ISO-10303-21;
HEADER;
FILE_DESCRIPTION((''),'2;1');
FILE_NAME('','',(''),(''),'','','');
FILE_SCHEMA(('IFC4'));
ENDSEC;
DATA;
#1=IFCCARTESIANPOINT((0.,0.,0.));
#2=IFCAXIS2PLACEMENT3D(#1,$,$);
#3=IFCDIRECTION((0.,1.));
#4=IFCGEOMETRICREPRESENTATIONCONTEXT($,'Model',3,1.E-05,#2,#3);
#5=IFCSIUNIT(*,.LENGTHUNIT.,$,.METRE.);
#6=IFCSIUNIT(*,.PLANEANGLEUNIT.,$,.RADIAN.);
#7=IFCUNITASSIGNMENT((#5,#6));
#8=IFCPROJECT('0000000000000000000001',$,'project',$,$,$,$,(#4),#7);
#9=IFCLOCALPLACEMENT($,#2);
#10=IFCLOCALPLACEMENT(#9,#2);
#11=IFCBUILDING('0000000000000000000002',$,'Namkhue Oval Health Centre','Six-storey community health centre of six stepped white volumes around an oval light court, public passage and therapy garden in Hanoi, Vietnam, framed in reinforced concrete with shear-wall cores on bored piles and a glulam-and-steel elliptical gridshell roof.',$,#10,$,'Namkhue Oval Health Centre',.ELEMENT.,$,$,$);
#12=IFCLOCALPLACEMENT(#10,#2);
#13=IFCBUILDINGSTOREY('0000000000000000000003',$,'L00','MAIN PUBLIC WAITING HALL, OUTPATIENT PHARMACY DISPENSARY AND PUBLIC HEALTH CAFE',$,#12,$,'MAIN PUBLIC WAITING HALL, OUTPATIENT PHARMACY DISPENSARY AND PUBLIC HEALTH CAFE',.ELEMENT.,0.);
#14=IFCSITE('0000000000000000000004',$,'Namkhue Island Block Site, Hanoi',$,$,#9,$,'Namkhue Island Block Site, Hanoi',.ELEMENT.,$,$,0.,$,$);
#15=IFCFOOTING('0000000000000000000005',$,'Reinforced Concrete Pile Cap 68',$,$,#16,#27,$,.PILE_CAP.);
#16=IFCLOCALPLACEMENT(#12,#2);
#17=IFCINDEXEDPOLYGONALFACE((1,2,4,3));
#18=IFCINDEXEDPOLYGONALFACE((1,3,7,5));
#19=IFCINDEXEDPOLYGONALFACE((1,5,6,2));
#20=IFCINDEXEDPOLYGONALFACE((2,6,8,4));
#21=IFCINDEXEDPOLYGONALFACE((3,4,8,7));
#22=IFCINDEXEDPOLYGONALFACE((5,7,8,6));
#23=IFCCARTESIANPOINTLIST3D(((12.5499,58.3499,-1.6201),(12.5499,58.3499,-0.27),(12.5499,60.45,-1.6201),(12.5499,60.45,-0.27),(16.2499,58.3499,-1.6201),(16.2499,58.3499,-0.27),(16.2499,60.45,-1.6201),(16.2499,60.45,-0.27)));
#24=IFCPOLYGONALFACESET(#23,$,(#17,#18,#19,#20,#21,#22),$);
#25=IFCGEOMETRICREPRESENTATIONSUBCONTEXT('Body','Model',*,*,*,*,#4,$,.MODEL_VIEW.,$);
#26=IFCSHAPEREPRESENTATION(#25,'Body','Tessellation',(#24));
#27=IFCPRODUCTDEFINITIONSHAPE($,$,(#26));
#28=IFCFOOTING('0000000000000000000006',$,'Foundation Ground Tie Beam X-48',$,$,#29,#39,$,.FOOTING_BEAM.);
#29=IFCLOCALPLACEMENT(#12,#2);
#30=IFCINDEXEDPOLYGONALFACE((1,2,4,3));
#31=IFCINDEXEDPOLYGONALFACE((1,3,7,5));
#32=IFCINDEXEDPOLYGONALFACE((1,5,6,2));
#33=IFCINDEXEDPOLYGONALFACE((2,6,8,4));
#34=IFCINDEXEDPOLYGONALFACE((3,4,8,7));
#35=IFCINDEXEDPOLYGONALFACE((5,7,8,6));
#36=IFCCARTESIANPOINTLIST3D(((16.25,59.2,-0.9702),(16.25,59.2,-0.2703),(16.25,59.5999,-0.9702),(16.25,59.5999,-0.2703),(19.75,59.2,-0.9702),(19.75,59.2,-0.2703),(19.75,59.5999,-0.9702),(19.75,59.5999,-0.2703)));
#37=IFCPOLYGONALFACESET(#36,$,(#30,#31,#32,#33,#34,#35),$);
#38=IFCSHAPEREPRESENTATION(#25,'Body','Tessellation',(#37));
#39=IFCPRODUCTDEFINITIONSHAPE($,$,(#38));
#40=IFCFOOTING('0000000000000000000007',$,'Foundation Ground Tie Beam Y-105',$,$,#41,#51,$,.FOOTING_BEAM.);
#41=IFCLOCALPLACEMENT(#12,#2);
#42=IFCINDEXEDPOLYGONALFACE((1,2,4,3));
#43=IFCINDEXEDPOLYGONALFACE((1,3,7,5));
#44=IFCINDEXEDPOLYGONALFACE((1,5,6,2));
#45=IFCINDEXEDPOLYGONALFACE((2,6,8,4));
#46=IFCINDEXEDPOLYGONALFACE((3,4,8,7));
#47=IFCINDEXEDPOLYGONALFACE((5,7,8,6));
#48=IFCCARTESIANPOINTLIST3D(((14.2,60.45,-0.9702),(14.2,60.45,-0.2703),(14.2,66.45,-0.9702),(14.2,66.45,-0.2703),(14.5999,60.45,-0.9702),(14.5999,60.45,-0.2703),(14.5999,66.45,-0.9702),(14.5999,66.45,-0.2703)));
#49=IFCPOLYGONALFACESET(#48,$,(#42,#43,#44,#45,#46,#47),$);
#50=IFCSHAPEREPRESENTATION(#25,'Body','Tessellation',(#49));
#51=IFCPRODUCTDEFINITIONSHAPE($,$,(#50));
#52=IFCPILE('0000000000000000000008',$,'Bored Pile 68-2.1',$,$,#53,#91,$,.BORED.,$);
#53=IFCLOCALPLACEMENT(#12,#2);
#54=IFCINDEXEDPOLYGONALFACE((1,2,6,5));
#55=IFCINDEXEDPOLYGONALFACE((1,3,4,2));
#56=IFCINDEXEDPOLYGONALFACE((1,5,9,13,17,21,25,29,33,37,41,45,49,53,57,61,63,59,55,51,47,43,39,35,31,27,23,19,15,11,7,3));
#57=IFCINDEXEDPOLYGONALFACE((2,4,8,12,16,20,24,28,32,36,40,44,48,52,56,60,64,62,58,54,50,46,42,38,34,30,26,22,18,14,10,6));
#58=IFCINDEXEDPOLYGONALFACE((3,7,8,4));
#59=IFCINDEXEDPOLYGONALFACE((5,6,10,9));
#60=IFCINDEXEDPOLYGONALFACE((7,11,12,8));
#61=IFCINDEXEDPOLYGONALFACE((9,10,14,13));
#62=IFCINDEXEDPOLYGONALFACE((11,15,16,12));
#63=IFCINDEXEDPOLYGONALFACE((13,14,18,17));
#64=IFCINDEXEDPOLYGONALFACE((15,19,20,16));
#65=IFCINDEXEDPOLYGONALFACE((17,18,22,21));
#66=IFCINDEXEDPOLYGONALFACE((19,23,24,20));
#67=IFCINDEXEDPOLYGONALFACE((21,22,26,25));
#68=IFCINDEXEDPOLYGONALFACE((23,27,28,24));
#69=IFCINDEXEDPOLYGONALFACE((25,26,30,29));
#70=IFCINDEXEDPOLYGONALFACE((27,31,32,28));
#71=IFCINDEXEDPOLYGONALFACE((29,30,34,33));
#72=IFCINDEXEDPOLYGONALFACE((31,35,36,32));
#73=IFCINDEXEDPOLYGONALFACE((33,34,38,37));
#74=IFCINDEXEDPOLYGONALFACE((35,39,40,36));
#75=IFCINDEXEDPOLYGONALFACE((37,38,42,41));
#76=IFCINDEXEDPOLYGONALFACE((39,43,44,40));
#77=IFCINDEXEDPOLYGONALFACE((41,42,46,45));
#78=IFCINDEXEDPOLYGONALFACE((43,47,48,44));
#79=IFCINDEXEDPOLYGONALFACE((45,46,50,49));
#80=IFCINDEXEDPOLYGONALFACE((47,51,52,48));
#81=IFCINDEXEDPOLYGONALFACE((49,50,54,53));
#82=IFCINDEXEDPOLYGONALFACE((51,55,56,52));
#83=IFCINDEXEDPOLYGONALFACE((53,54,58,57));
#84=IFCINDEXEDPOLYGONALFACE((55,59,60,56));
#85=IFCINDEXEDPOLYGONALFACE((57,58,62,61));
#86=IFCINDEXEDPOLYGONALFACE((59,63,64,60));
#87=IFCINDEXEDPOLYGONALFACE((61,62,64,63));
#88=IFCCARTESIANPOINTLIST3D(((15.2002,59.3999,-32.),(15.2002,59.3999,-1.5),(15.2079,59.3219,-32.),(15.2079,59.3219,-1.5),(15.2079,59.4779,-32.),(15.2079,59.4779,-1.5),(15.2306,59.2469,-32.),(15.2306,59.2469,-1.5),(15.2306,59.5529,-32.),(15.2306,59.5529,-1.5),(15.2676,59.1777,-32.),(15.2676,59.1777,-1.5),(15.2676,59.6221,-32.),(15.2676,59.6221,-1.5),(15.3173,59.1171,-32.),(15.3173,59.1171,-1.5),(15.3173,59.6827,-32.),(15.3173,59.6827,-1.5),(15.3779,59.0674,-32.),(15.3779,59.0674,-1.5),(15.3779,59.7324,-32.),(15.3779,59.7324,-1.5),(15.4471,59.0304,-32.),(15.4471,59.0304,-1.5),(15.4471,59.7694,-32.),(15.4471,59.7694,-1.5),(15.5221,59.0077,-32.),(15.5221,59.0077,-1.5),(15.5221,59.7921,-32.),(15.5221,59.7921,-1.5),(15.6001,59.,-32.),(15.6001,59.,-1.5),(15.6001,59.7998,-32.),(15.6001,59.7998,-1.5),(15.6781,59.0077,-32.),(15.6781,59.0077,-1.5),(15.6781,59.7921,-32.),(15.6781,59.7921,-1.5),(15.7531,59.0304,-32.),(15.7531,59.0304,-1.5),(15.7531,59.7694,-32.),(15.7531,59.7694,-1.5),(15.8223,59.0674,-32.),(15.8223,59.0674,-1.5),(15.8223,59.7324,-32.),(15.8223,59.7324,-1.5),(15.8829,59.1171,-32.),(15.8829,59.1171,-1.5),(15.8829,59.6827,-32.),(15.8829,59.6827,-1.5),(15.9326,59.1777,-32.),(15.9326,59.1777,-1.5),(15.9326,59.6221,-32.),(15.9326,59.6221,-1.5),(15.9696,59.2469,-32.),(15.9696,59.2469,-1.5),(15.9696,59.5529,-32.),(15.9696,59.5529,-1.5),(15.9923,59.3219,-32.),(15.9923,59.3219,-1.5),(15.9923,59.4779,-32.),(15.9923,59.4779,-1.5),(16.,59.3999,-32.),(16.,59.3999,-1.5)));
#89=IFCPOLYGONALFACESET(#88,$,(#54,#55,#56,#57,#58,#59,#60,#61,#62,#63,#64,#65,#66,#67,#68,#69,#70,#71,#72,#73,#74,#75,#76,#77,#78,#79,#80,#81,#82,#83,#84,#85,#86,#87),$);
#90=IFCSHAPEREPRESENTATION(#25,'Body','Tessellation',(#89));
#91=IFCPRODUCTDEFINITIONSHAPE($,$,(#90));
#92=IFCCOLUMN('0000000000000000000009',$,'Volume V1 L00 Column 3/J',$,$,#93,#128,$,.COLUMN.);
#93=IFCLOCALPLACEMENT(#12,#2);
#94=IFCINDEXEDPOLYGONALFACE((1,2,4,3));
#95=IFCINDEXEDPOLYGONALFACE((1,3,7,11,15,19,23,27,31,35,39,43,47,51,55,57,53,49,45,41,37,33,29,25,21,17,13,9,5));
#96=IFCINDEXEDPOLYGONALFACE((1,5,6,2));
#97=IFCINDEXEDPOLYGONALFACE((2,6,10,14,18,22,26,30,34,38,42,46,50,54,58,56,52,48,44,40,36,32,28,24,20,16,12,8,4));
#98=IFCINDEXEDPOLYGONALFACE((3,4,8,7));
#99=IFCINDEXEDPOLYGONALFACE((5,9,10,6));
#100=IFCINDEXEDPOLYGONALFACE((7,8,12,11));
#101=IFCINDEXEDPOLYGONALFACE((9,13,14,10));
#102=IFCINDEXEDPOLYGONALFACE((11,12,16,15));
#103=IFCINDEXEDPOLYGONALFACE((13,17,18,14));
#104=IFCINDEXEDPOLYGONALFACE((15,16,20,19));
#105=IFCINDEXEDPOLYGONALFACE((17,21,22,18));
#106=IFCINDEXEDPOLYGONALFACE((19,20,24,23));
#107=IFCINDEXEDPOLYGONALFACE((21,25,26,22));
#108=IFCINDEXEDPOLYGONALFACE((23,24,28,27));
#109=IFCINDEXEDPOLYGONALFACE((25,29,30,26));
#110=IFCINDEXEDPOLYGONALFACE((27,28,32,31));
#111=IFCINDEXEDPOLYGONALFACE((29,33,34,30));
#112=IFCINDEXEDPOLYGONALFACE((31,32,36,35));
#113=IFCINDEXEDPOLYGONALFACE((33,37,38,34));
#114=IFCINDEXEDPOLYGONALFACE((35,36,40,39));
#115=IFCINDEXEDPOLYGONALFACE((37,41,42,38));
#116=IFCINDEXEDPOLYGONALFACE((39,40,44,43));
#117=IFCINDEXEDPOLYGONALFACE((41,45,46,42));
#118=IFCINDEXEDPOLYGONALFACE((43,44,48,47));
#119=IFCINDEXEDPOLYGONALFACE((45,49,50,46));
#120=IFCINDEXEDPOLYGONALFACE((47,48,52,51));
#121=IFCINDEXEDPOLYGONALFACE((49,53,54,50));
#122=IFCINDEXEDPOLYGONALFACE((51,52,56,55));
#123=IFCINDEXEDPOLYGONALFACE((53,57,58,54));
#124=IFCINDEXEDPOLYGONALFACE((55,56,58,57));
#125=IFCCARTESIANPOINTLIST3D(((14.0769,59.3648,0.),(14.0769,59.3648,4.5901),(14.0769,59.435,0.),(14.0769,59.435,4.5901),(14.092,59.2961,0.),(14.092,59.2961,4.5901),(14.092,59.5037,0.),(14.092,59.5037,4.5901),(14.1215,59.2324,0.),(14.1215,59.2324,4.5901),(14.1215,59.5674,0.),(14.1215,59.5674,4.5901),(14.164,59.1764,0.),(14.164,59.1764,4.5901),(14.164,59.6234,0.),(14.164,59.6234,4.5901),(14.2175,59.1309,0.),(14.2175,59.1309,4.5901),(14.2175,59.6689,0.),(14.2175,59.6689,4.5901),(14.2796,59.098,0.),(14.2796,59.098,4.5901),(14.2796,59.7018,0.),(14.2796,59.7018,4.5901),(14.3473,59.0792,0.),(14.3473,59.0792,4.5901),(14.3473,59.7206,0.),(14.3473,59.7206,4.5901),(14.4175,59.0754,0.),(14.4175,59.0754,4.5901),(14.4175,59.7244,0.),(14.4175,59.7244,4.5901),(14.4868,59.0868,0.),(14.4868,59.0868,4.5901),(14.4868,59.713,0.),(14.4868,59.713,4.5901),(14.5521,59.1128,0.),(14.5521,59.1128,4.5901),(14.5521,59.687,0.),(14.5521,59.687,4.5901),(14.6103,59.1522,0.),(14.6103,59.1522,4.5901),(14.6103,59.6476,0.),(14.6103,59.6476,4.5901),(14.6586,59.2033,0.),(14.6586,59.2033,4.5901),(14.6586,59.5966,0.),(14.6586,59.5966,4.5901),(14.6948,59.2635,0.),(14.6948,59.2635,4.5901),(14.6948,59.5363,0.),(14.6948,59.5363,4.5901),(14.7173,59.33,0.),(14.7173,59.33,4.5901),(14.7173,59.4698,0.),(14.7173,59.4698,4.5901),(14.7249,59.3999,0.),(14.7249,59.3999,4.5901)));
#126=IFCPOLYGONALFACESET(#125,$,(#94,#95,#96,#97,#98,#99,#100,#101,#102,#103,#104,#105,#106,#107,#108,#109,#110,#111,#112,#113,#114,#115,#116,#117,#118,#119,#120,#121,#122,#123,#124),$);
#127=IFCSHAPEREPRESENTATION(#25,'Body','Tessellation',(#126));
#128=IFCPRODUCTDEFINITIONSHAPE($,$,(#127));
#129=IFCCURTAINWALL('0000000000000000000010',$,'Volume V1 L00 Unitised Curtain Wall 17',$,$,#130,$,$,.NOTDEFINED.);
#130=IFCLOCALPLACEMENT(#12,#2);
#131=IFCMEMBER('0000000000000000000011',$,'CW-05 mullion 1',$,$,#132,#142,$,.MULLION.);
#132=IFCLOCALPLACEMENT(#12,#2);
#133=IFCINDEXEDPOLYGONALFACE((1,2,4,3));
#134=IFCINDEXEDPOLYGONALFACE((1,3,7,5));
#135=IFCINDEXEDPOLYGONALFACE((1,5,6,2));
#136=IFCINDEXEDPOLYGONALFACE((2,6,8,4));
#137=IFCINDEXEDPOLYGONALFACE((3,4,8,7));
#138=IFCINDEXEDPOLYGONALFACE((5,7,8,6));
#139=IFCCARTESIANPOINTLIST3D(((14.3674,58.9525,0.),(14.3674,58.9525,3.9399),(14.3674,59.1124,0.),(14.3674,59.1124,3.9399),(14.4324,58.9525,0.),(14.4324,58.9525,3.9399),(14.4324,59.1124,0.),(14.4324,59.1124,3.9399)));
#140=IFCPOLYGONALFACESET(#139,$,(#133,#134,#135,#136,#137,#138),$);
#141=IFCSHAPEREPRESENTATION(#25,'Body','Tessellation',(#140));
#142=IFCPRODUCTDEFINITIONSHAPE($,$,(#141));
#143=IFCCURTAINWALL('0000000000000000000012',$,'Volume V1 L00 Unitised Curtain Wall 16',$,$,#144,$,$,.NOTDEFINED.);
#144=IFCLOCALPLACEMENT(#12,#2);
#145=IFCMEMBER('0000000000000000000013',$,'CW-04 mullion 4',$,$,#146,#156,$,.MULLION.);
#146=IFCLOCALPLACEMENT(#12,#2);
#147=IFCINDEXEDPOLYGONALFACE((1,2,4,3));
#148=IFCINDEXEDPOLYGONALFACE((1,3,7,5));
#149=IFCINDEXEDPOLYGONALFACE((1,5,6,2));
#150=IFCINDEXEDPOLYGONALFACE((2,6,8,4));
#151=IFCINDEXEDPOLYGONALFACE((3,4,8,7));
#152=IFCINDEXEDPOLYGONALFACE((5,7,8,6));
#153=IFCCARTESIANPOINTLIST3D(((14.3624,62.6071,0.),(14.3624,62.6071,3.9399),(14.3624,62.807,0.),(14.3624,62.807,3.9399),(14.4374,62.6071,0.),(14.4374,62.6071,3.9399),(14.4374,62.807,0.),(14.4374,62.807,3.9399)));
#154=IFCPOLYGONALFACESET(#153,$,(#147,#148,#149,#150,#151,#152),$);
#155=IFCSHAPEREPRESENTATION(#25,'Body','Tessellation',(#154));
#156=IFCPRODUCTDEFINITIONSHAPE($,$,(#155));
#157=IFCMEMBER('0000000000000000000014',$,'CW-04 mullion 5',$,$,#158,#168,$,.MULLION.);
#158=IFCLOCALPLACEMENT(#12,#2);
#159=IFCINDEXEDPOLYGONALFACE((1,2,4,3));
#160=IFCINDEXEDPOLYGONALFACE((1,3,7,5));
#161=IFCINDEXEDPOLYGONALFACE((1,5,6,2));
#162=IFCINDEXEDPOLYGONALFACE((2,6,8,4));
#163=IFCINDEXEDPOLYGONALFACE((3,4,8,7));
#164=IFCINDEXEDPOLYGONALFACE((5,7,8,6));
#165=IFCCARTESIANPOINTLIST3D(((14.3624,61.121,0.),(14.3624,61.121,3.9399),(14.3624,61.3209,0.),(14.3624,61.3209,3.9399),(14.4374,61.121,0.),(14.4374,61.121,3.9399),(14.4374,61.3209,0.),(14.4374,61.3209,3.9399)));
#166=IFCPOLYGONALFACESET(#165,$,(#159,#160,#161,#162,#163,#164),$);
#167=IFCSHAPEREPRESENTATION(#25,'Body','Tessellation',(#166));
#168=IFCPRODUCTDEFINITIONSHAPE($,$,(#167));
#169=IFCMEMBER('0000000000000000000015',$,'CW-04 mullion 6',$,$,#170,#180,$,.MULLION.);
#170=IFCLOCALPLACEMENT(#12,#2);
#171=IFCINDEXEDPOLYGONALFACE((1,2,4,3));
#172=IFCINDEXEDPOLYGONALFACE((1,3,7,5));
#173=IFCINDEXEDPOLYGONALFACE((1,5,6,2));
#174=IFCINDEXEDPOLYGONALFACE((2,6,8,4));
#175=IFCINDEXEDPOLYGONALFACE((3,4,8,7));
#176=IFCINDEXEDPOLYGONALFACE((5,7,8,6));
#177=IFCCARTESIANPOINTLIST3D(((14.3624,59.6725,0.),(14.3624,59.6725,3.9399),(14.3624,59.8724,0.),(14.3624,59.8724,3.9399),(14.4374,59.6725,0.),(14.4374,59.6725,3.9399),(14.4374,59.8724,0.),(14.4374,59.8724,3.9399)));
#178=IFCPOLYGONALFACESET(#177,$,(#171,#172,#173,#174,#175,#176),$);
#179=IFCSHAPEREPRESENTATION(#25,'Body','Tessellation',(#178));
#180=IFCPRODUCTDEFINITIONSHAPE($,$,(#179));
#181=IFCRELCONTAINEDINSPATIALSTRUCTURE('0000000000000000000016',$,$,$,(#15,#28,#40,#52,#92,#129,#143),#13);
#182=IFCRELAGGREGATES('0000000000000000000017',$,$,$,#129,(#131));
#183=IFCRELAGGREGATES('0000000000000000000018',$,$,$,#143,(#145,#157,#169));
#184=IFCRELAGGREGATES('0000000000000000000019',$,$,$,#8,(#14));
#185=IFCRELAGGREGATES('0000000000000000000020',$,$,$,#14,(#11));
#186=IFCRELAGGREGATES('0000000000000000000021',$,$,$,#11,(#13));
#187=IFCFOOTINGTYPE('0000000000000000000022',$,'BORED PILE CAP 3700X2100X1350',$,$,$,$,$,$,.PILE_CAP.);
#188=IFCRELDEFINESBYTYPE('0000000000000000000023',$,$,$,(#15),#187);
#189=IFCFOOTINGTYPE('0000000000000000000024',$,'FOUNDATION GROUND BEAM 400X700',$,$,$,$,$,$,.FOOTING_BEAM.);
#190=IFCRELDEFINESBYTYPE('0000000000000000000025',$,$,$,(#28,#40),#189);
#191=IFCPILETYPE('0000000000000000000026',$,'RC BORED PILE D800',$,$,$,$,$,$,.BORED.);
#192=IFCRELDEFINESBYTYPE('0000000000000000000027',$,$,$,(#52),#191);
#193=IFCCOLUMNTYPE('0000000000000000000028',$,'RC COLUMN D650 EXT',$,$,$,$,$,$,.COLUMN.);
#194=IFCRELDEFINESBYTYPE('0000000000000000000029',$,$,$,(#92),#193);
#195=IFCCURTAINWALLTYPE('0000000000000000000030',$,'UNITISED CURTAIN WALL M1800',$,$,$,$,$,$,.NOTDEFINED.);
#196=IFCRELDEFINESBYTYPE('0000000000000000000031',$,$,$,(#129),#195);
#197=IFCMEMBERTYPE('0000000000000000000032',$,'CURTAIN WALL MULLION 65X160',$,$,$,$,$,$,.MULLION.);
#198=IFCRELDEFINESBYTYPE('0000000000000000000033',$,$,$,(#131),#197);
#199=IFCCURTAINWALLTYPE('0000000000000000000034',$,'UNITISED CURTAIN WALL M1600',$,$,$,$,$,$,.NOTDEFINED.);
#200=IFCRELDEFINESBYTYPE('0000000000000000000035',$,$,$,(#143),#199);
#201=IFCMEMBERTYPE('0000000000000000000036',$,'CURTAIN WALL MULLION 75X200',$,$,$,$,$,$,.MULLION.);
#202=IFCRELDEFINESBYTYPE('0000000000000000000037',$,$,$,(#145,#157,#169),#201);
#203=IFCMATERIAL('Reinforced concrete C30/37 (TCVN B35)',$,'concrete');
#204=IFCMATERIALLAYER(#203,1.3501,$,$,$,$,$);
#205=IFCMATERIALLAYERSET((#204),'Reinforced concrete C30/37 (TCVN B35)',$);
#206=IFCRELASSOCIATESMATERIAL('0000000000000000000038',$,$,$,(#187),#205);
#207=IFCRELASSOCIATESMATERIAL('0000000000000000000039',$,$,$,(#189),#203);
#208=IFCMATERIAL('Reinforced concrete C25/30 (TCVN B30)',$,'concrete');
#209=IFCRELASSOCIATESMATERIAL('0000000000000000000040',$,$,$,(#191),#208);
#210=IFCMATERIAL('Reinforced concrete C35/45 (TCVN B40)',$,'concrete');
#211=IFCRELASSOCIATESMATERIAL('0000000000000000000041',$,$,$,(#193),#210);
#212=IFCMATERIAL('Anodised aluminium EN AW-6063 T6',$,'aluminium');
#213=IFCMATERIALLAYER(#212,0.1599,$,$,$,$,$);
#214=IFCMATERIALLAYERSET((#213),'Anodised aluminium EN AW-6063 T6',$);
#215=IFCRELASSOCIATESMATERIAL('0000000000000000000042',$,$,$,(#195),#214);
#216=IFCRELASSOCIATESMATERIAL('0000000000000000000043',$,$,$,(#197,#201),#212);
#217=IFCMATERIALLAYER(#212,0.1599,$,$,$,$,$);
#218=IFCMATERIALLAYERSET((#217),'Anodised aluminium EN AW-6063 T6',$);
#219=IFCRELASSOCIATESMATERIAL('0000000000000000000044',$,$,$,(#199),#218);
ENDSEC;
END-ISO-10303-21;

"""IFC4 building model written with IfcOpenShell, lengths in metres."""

from ifc_helpers import new_model, si_unit, direction, frame, origin, origin_2d, place, context, subcontext, project, spatial, rectangle, circle, extrude, material, layer, layer_set, material_profile, profile_set, type_object, element, aggregate, save


model = new_model("IFC4")

# Units and contexts
model_context = context("Model", 3, precision=1e-05, world=origin(), true_north=direction((0.0, 1.0)))
body_context = subcontext(model_context, "Body", "Model", "MODEL_VIEW")
ifc_project = project(units=[si_unit("LENGTHUNIT", "METRE"), si_unit("PLANEANGLEUNIT", "RADIAN")], contexts=[model_context])

# Site, building, storey
site_placement = place(None, origin())
site = spatial("IfcSite", under=ifc_project, at=site_placement, Name="Namkhue Island Block Site, Hanoi", LongName="Namkhue Island Block Site, Hanoi", CompositionType="ELEMENT", RefElevation=0.0)
building_placement = place(site_placement, origin())
building = spatial("IfcBuilding", under=site, at=building_placement, Name="Namkhue Oval Health Centre", Description="Six-storey community health centre of six stepped white volumes around an oval light court, public passage and therapy garden in Hanoi, Vietnam, framed in reinforced concrete with shear-wall cores on bored piles and a glulam-and-steel elliptical gridshell roof.", LongName="Namkhue Oval Health Centre", CompositionType="ELEMENT")
storey_placement = place(building_placement, origin())
storey = spatial("IfcBuildingStorey", under=building, at=storey_placement, Name="L00", Description="MAIN PUBLIC WAITING HALL, OUTPATIENT PHARMACY DISPENSARY AND PUBLIC HEALTH CAFE", LongName="MAIN PUBLIC WAITING HALL, OUTPATIENT PHARMACY DISPENSARY AND PUBLIC HEALTH CAFE", CompositionType="ELEMENT", Elevation=0.0)

# Footings
ifc_material_1 = material(Name="Reinforced concrete C30/37 (TCVN B35)", Category="concrete")
ifc_layer_1 = layer(ifc_material_1, 1.3501)
ifc_layer_set_1 = layer_set([ifc_layer_1], Name="Reinforced concrete C30/37 (TCVN B35)")
footing_type_1 = type_object("IfcFootingType", Name="BORED PILE CAP 3700X2100X1350", PredefinedType="PILE_CAP", material=ifc_layer_set_1)
footing_1_placement = place(storey_placement, frame((14.3999, 59.3999, -1.6201), z_axis=(0.0, 0.0, 1.0), x_axis=(1.0, 0.0, 0.0)))
element("IfcFooting", 1, at=footing_1_placement, inside=storey, type_object=footing_type_1, Name="Reinforced Concrete Pile Cap 68", PredefinedType="PILE_CAP", context=body_context, shape_type="SweptSolid", body=[
    extrude(rectangle(XDim=3.7, YDim=2.1001, at=origin_2d()), origin(), (0.0, 0.0, 1.0), 1.3501),
])
footing_type_2 = type_object("IfcFootingType", Name="FOUNDATION GROUND BEAM 400X700", PredefinedType="FOOTING_BEAM", material=ifc_material_1)
footing_2_placement = place(storey_placement, frame((18.0, 59.3999, -0.9702), z_axis=(0.0, 0.0, 1.0), x_axis=(1.0, 0.0, 0.0)))
element("IfcFooting", 2, at=footing_2_placement, inside=storey, type_object=footing_type_2, Name="Foundation Ground Tie Beam X-48", PredefinedType="FOOTING_BEAM", context=body_context, shape_type="SweptSolid", body=[
    extrude(rectangle(XDim=3.5, YDim=0.3999, at=origin_2d()), origin(), (0.0, 0.0, 1.0), 0.7),
])
footing_3_placement = place(storey_placement, frame((14.3999, 63.45, -0.9702), z_axis=(0.0, 0.0, 1.0), x_axis=(0.0, 1.0, 0.0)))
element("IfcFooting", 3, at=footing_3_placement, inside=storey, type_object=footing_type_2, Name="Foundation Ground Tie Beam Y-105", PredefinedType="FOOTING_BEAM", context=body_context, shape_type="SweptSolid", body=[
    extrude(rectangle(XDim=6.0, YDim=0.3999, at=origin_2d()), origin(), (0.0, 0.0, 1.0), 0.7),
])

# Pile
ifc_material_2 = material(Name="Reinforced concrete C25/30 (TCVN B30)", Category="concrete")
ifc_material_profile_1 = material_profile(ifc_material_2, circle(Radius=0.3999, at=origin_2d()), Name="BORED PILE D800")
ifc_profile_set_1 = profile_set([ifc_material_profile_1], Name="Reinforced concrete C25/30 (TCVN B30)")
pile_type = type_object("IfcPileType", Name="RC BORED PILE D800", PredefinedType="BORED", material=ifc_profile_set_1)
pile_placement = place(storey_placement, frame((15.6001, 59.3999, -1.5), z_axis=(0.0, 0.0, -1.0), x_axis=(1.0, 0.0, 0.0)))
element("IfcPile", 4, at=pile_placement, inside=storey, type_object=pile_type, Name="Bored Pile 68-2.1", PredefinedType="BORED", context=body_context, shape_type="SweptSolid", body=[
    extrude(circle(Radius=0.3999, at=origin_2d()), origin(), (0.0, 0.0, 1.0), 30.5),
])

# Column
ifc_material_3 = material(Name="Reinforced concrete C35/45 (TCVN B40)", Category="concrete")
ifc_material_profile_2 = material_profile(ifc_material_3, circle(Radius=0.325, at=origin_2d()), Name="RC D650")
ifc_profile_set_2 = profile_set([ifc_material_profile_2], Name="Reinforced concrete C35/45 (TCVN B40)")
column_type = type_object("IfcColumnType", Name="RC COLUMN D650 EXT", PredefinedType="COLUMN", material=ifc_profile_set_2)
column_placement = place(storey_placement, frame((14.3999, 59.3999, 0.0), z_axis=(0.0, 0.0, 1.0), x_axis=(1.0, 0.0, 0.0)))
element("IfcColumn", 5, at=column_placement, inside=storey, type_object=column_type, Name="Volume V1 L00 Column 3/J", PredefinedType="COLUMN", context=body_context, shape_type="SweptSolid", body=[
    extrude(circle(Radius=0.325, at=origin_2d()), origin(), (0.0, 0.0, 1.0), 4.5901),
])

# Curtain wall, member
ifc_material_4 = material(Name="Anodised aluminium EN AW-6063 T6", Category="aluminium")
ifc_layer_2 = layer(ifc_material_4, 0.1599)
ifc_layer_set_2 = layer_set([ifc_layer_2], Name="Anodised aluminium EN AW-6063 T6")
curtain_wall_type_1 = type_object("IfcCurtainWallType", Name="UNITISED CURTAIN WALL M1800", PredefinedType="NOTDEFINED", material=ifc_layer_set_2)
curtain_wall_1_placement = place(storey_placement, origin())
curtain_wall_1 = element("IfcCurtainWall", 6, at=curtain_wall_1_placement, inside=storey, type_object=curtain_wall_type_1, Name="Volume V1 L00 Unitised Curtain Wall 17", PredefinedType="NOTDEFINED")
ifc_material_profile_3 = material_profile(ifc_material_4, rectangle(XDim=0.0649, YDim=0.1599, at=origin_2d()), Name="ALU 65x160")
ifc_profile_set_3 = profile_set([ifc_material_profile_3], Name="Anodised aluminium EN AW-6063 T6")
member_type_1 = type_object("IfcMemberType", Name="CURTAIN WALL MULLION 65X160", PredefinedType="MULLION", material=ifc_profile_set_3)
member_1_placement = place(storey_placement, frame((14.3999, 59.0325, 0.0), z_axis=(0.0, 0.0, 1.0), x_axis=(1.0, 0.0, 0.0)))
member_1 = element("IfcMember", 7, at=member_1_placement, type_object=member_type_1, Name="CW-05 mullion 1", PredefinedType="MULLION", context=body_context, shape_type="SweptSolid", body=[
    extrude(rectangle(XDim=0.0649, YDim=0.1599, at=origin_2d()), origin(), (0.0, 0.0, 1.0), 3.9399),
])

# Curtain wall, members
ifc_layer_3 = layer(ifc_material_4, 0.1599)
ifc_layer_set_3 = layer_set([ifc_layer_3], Name="Anodised aluminium EN AW-6063 T6")
curtain_wall_type_2 = type_object("IfcCurtainWallType", Name="UNITISED CURTAIN WALL M1600", PredefinedType="NOTDEFINED", material=ifc_layer_set_3)
curtain_wall_2_placement = place(storey_placement, origin())
curtain_wall_2 = element("IfcCurtainWall", 8, at=curtain_wall_2_placement, inside=storey, type_object=curtain_wall_type_2, Name="Volume V1 L00 Unitised Curtain Wall 16", PredefinedType="NOTDEFINED")
ifc_material_profile_4 = material_profile(ifc_material_4, rectangle(XDim=0.075, YDim=0.2, at=origin_2d()), Name="ALU 75x200")
ifc_profile_set_4 = profile_set([ifc_material_profile_4], Name="Anodised aluminium EN AW-6063 T6")
member_type_2 = type_object("IfcMemberType", Name="CURTAIN WALL MULLION 75X200", PredefinedType="MULLION", material=ifc_profile_set_4)
member_2_placement = place(storey_placement, frame((14.3999, 62.707, 0.0), z_axis=(0.0, 0.0, 1.0), x_axis=(1.0, 0.0, 0.0)))
member_2 = element("IfcMember", 9, at=member_2_placement, type_object=member_type_2, Name="CW-04 mullion 4", PredefinedType="MULLION", context=body_context, shape_type="SweptSolid", body=[
    extrude(rectangle(XDim=0.075, YDim=0.2, at=origin_2d()), origin(), (0.0, 0.0, 1.0), 3.9399),
])
member_3_placement = place(storey_placement, frame((14.3999, 61.2209, 0.0), z_axis=(0.0, 0.0, 1.0), x_axis=(1.0, 0.0, 0.0)))
member_3 = element("IfcMember", 10, at=member_3_placement, type_object=member_type_2, Name="CW-04 mullion 5", PredefinedType="MULLION", context=body_context, shape_type="SweptSolid", body=[
    extrude(rectangle(XDim=0.075, YDim=0.2, at=origin_2d()), origin(), (0.0, 0.0, 1.0), 3.9399),
])
member_4_placement = place(storey_placement, frame((14.3999, 59.7725, 0.0), z_axis=(0.0, 0.0, 1.0), x_axis=(1.0, 0.0, 0.0)))
member_4 = element("IfcMember", 11, at=member_4_placement, type_object=member_type_2, Name="CW-04 mullion 6", PredefinedType="MULLION", context=body_context, shape_type="SweptSolid", body=[
    extrude(rectangle(XDim=0.075, YDim=0.2, at=origin_2d()), origin(), (0.0, 0.0, 1.0), 3.9399),
])

aggregate(curtain_wall_1, [member_1])

aggregate(curtain_wall_2, [member_2, member_3, member_4])

save(model, "model.ifc")
